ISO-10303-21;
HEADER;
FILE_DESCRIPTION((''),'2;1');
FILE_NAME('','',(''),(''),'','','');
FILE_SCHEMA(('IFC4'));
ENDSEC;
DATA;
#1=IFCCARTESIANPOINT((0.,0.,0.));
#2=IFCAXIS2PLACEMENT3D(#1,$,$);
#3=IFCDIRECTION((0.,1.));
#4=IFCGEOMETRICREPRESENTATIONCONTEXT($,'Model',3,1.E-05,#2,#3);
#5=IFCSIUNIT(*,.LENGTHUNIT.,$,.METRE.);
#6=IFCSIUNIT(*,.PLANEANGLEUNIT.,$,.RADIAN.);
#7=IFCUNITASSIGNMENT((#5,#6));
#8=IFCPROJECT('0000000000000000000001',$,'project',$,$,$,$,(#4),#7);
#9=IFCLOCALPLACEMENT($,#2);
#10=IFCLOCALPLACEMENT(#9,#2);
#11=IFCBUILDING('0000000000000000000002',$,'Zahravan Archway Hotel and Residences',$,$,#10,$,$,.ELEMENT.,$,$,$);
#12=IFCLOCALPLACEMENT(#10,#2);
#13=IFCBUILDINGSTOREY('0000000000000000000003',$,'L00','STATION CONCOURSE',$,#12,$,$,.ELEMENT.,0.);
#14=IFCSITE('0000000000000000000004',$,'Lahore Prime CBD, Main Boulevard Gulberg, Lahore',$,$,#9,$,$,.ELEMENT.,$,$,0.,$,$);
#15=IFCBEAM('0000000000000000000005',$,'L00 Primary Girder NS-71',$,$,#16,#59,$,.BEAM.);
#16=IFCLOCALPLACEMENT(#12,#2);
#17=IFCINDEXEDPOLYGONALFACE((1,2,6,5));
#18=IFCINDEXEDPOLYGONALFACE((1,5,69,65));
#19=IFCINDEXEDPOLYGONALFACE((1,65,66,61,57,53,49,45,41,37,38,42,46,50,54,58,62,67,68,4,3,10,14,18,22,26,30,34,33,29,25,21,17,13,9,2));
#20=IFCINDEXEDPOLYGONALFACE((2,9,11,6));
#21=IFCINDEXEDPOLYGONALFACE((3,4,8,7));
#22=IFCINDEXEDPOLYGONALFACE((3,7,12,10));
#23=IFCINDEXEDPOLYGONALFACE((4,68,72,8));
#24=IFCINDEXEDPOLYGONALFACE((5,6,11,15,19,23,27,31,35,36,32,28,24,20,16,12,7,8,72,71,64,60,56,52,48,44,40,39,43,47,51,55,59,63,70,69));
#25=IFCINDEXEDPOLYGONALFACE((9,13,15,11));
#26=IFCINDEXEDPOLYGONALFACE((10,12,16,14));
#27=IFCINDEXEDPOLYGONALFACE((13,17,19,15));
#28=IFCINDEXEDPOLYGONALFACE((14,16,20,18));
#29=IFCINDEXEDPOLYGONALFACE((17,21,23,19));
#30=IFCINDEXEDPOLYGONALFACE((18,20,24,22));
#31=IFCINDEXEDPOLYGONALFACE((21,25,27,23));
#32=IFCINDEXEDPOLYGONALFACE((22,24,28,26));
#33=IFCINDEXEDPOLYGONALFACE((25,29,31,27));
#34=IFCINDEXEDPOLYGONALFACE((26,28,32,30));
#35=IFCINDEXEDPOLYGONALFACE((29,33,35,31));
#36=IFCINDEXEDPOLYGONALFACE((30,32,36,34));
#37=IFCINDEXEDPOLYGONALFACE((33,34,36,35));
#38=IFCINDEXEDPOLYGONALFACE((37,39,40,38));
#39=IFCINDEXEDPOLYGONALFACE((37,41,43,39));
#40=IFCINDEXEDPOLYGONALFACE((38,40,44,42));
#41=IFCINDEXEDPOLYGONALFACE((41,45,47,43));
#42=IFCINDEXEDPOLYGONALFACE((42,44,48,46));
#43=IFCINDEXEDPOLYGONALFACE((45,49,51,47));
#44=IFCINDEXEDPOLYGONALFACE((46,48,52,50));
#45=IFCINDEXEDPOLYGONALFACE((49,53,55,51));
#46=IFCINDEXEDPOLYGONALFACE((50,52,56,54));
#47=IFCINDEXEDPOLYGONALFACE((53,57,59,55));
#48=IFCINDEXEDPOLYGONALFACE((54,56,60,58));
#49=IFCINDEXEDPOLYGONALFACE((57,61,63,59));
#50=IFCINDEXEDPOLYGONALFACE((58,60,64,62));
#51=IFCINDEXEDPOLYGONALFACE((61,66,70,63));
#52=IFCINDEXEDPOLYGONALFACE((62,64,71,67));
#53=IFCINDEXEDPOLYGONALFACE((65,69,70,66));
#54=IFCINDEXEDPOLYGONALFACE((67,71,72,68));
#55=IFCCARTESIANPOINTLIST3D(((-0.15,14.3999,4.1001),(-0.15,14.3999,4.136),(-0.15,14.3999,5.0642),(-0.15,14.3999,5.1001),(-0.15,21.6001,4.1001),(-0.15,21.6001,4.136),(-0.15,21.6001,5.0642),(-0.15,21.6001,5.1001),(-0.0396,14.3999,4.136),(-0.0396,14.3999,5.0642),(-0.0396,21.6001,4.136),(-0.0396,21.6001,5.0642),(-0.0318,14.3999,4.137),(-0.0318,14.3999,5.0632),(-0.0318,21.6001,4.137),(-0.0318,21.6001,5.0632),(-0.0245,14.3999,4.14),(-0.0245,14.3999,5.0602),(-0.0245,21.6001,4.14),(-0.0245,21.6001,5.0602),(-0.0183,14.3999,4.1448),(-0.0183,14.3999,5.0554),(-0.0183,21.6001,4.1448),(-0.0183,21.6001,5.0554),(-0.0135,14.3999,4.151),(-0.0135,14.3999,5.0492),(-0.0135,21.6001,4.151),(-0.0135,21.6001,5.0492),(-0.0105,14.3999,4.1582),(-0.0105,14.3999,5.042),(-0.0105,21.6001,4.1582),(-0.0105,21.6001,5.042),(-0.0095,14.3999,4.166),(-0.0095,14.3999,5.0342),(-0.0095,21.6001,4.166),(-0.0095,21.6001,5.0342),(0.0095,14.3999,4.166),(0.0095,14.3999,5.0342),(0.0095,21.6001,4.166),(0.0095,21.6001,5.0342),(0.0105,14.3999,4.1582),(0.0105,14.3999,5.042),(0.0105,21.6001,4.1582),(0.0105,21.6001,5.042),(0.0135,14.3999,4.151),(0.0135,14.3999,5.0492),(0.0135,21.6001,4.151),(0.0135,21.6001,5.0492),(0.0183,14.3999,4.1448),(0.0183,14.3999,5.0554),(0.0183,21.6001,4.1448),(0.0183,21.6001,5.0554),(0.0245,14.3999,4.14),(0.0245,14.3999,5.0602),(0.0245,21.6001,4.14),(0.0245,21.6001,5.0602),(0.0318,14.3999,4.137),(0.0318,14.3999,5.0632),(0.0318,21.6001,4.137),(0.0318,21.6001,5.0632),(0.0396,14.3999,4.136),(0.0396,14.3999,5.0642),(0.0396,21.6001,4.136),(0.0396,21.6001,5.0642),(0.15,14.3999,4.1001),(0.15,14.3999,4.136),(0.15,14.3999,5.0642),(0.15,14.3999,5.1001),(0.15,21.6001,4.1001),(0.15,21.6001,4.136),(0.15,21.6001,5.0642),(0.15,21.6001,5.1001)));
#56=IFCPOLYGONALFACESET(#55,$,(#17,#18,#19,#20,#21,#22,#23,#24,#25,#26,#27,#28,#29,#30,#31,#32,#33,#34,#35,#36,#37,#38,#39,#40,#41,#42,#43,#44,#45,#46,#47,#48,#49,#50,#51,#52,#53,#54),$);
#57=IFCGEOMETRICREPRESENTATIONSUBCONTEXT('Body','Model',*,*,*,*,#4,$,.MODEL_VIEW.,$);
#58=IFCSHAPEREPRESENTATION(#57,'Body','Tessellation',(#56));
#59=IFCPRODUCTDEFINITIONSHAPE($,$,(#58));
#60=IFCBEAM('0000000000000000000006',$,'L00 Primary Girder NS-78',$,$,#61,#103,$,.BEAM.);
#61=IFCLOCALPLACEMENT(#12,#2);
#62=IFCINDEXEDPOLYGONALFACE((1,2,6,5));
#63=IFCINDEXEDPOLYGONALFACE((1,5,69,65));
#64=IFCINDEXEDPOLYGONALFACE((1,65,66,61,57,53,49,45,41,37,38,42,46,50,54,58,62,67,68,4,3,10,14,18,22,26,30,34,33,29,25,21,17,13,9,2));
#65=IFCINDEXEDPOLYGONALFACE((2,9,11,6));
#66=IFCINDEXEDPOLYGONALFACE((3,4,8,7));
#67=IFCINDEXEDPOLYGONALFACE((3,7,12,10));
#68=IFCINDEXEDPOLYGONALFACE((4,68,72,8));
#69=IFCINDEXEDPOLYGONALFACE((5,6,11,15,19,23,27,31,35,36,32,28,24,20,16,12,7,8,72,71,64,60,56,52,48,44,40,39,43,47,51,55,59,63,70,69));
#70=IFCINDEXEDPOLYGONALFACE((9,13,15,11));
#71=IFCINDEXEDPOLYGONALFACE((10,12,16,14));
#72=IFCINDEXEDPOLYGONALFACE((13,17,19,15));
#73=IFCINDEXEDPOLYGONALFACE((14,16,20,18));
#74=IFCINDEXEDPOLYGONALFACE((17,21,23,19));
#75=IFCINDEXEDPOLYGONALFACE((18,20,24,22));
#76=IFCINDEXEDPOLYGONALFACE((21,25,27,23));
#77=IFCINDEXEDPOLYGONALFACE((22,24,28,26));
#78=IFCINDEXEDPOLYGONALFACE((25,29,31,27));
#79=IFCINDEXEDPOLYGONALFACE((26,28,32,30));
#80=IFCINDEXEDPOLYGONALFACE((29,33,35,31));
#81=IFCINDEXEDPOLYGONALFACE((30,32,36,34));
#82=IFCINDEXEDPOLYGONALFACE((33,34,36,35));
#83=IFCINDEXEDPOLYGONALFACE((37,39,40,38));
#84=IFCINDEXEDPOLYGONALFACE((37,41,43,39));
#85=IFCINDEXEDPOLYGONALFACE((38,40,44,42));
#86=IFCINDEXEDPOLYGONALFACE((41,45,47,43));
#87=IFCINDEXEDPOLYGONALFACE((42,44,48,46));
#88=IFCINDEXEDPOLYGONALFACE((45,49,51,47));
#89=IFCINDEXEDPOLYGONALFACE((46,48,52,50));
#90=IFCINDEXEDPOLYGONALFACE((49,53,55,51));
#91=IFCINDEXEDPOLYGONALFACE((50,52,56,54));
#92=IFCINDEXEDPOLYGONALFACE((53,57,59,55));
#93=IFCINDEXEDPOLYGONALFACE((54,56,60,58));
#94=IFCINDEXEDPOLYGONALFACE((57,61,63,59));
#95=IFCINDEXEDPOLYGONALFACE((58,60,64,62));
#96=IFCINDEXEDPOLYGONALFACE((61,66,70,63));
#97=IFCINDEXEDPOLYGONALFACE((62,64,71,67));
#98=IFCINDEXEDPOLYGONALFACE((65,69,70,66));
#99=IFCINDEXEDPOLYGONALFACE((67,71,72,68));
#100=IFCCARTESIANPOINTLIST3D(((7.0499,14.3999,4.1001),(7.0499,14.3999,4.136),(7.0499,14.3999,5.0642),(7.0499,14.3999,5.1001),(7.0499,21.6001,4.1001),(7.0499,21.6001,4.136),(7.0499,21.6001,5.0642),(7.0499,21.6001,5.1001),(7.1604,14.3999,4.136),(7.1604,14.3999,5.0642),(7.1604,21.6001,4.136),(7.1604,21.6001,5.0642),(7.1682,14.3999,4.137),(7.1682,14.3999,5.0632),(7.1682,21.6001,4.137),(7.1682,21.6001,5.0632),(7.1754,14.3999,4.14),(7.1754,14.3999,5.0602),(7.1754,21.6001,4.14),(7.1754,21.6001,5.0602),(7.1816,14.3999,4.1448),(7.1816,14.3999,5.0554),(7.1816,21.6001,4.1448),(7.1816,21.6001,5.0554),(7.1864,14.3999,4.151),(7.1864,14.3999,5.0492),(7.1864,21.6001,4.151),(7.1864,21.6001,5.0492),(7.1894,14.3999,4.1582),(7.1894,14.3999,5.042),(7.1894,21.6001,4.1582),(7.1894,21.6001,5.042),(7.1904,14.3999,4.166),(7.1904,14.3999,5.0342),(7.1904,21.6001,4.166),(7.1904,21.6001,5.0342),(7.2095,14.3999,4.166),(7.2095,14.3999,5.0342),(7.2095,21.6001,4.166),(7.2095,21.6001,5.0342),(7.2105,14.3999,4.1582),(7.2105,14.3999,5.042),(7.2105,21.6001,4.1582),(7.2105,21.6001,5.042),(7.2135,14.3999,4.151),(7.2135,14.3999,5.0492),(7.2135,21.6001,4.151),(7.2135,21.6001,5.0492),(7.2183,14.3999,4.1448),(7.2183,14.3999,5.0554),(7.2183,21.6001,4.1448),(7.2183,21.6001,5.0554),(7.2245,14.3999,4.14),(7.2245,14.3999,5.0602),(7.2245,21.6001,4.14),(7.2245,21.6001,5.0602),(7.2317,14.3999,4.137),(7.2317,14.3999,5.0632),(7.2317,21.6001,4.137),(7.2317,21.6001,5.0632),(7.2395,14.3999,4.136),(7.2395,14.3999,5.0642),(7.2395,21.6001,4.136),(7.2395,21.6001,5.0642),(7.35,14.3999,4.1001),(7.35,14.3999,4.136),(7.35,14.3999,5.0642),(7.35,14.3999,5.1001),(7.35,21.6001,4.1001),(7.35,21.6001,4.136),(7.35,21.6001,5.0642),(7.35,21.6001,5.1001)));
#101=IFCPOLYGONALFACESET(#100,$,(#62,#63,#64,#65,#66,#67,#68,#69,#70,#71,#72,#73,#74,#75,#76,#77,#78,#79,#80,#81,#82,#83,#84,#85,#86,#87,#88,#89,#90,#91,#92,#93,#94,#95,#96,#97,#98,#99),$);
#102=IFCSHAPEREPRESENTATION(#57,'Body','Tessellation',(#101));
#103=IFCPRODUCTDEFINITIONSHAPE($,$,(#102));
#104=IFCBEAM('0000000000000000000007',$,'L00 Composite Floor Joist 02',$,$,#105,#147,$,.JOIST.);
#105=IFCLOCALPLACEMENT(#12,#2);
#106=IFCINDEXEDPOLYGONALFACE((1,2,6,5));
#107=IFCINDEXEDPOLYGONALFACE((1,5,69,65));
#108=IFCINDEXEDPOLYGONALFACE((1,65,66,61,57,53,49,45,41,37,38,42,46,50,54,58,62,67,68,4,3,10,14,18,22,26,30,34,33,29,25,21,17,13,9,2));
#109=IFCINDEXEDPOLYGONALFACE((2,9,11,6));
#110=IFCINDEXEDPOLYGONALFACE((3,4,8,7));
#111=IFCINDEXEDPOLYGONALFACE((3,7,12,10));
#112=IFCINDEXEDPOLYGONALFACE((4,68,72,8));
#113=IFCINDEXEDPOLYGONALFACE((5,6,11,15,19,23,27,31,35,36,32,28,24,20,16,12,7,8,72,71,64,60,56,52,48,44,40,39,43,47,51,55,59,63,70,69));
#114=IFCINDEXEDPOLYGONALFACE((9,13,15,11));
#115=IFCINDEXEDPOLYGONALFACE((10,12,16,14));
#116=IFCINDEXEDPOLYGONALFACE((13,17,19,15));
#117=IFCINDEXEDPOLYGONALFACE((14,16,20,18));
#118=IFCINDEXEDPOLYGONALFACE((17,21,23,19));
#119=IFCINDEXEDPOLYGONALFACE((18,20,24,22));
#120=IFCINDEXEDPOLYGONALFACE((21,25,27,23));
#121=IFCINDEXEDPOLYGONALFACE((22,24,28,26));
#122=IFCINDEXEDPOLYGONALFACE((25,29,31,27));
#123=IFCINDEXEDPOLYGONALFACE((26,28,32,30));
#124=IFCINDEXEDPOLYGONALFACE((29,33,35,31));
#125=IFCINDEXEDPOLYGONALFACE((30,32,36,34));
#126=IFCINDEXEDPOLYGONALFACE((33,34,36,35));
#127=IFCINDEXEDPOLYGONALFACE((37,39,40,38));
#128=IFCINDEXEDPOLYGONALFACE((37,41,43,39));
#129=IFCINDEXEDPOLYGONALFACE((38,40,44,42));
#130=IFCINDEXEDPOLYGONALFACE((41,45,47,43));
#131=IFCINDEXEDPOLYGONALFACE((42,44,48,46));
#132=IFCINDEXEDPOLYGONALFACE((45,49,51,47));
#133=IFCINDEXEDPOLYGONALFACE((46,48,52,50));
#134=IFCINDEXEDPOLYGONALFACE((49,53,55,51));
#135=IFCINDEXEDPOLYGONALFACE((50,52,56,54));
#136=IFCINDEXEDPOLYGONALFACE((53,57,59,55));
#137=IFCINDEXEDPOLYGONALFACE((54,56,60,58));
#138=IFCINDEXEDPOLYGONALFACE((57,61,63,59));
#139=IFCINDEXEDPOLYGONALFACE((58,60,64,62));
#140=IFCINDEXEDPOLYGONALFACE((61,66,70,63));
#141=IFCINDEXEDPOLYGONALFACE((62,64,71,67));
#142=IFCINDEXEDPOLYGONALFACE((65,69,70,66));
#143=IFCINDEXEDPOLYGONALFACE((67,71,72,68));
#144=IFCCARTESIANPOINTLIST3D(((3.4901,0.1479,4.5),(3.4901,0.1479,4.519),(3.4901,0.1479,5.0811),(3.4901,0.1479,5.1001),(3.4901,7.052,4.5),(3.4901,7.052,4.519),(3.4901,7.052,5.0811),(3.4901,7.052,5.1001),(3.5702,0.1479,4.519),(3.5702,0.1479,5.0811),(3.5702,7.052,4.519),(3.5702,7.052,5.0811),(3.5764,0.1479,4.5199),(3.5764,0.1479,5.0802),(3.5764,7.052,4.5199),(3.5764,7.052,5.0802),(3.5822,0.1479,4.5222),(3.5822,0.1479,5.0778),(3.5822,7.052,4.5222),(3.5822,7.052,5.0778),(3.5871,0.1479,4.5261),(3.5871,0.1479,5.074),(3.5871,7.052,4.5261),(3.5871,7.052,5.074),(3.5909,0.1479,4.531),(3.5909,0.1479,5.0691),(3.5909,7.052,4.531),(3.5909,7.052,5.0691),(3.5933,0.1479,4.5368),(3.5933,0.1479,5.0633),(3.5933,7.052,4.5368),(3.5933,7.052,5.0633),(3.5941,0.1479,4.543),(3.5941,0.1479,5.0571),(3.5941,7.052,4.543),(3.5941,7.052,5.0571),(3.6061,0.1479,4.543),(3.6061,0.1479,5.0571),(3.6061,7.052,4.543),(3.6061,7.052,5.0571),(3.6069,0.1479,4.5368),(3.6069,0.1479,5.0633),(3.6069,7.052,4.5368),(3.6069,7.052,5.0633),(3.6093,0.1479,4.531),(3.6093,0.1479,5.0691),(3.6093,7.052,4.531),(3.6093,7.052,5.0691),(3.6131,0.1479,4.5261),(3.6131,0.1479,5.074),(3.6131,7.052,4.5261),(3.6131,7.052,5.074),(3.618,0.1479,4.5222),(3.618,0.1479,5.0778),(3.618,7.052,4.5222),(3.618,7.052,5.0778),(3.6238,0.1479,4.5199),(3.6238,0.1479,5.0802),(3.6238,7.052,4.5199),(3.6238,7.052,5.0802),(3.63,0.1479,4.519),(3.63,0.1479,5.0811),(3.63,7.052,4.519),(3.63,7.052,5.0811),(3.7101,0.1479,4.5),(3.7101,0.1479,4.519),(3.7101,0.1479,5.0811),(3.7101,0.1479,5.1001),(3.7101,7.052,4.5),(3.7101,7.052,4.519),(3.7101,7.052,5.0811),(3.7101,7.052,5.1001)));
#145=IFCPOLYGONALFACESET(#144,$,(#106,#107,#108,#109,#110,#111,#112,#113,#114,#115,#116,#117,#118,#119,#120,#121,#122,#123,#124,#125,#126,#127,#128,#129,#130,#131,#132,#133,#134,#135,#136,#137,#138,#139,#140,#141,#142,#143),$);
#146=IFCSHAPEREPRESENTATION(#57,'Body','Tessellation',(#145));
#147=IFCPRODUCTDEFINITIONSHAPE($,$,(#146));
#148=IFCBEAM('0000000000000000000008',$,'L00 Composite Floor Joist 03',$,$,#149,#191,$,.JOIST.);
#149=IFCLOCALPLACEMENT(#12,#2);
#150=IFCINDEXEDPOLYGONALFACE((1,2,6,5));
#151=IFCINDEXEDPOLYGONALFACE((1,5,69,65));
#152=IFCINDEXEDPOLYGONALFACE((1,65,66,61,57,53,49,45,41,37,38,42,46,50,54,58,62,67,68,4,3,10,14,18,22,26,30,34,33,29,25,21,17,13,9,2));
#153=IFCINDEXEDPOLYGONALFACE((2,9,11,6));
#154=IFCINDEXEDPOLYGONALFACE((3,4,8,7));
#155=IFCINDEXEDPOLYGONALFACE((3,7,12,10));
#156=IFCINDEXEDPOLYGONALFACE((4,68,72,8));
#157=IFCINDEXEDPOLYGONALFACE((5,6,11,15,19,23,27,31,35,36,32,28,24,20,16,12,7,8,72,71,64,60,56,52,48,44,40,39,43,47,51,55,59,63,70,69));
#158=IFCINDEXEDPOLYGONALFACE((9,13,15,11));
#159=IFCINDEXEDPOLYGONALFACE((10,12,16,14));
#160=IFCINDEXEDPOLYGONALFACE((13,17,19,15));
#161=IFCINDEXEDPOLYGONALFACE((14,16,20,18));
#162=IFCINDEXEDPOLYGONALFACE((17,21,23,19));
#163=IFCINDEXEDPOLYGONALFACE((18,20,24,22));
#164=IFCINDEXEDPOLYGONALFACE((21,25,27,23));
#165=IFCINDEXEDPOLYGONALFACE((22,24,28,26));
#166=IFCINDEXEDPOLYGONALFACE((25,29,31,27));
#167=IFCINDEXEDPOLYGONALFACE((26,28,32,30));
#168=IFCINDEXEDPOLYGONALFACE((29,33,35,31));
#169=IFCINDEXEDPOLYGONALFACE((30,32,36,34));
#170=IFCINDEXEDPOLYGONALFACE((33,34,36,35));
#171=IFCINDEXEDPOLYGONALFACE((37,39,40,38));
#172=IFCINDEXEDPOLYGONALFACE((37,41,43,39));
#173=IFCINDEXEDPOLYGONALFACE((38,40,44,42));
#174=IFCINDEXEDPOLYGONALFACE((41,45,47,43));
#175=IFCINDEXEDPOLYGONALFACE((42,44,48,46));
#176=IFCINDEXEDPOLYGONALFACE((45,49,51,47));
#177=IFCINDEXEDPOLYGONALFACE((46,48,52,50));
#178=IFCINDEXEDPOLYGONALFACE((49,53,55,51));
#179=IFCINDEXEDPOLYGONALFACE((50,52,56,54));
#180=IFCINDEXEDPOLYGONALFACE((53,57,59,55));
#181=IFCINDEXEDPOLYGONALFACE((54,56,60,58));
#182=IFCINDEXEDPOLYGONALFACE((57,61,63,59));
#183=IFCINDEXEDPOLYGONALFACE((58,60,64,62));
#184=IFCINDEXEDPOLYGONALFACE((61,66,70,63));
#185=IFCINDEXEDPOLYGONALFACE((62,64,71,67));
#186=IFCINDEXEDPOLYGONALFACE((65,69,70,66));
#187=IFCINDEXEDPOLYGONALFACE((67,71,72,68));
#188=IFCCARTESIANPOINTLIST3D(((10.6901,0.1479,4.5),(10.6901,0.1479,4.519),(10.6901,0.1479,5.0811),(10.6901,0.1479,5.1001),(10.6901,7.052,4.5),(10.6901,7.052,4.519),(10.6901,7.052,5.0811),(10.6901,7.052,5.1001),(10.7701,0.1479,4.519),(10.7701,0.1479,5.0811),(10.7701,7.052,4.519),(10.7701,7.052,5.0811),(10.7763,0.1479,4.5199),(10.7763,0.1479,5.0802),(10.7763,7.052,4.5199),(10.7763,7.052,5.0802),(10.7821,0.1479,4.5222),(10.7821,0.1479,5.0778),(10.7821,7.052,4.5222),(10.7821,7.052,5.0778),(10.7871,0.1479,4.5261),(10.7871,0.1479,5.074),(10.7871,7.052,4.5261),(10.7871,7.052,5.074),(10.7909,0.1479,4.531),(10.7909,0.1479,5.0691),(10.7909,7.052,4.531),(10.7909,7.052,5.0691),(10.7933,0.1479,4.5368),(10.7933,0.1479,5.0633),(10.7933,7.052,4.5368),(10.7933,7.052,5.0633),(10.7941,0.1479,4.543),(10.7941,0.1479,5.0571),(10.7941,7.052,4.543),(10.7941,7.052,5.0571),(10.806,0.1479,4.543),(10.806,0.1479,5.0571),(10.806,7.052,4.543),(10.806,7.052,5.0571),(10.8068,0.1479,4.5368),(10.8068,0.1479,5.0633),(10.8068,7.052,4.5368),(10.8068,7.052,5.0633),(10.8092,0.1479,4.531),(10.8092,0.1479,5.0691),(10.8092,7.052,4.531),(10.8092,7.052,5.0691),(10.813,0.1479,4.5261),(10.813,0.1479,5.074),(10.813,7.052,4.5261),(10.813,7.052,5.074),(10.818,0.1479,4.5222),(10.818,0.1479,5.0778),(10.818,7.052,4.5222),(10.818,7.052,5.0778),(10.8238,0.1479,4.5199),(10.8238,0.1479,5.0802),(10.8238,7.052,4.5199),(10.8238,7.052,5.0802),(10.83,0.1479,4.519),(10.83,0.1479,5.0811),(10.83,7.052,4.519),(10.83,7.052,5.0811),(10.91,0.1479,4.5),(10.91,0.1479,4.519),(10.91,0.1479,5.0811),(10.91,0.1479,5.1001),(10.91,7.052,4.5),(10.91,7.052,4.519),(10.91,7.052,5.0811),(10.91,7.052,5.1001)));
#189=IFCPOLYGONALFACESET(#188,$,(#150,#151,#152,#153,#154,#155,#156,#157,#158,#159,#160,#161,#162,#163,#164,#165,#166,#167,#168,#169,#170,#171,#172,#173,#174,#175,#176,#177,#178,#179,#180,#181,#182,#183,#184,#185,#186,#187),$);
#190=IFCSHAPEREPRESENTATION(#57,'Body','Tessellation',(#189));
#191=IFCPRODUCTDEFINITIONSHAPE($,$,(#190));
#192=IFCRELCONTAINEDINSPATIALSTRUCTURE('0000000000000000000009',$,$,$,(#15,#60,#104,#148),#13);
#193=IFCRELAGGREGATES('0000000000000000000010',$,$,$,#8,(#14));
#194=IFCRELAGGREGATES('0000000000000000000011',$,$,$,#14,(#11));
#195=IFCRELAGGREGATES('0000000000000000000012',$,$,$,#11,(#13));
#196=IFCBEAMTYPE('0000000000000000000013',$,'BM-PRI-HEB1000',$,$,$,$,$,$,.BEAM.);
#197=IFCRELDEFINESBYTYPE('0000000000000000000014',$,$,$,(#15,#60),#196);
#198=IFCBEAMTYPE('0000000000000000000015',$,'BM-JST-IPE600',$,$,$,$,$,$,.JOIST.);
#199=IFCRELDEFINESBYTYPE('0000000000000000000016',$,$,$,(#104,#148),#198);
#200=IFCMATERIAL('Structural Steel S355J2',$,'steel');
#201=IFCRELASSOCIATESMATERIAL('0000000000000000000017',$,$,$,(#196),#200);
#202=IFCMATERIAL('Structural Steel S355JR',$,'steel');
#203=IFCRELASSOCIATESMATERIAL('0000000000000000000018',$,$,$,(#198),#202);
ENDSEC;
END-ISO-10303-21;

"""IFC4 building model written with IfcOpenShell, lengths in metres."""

from ifc_helpers import new_model, si_unit, direction, frame, origin, origin_2d, place, context, subcontext, project, spatial, i_section, extrude, source, transform, mapped, material, material_profile, profile_set, type_object, type_shapes, element, save


model = new_model("IFC4")

# Units and contexts
model_context = context("Model", 3, precision=1e-05, world=origin(), true_north=direction((0.0, 1.0)))
body_context = subcontext(model_context, "Body", "Model", "MODEL_VIEW")
ifc_project = project(units=[si_unit("LENGTHUNIT", "METRE"), si_unit("PLANEANGLEUNIT", "RADIAN")], contexts=[model_context])

# Site, building, storey
site_placement = place(None, origin())
site = spatial("IfcSite", under=ifc_project, at=site_placement, Name="Lahore Prime CBD, Main Boulevard Gulberg, Lahore", CompositionType="ELEMENT", RefElevation=0.0)
building_placement = place(site_placement, origin())
building = spatial("IfcBuilding", under=site, at=building_placement, Name="Zahravan Archway Hotel and Residences", CompositionType="ELEMENT")
storey_placement = place(building_placement, origin())
storey = spatial("IfcBuildingStorey", under=building, at=storey_placement, Name="L00", Description="STATION CONCOURSE", CompositionType="ELEMENT", Elevation=0.0)

# Beams
ifc_material_1 = material(Name="Structural Steel S355J2", Category="steel")
ifc_material_profile_1 = material_profile(ifc_material_1, i_section(OverallWidth=0.3, OverallDepth=1.0, WebThickness=0.019, FlangeThickness=0.0359, FilletRadius=0.03, at=origin_2d()), Name="HEB 1000", Category="steel")
ifc_profile_set_1 = profile_set([ifc_material_profile_1], Name="Structural Steel S355J2")
beam_type_1 = type_object("IfcBeamType", Name="BM-PRI-HEB1000", PredefinedType="BEAM", material=ifc_profile_set_1)
shared_shape_1 = source(origin(), body_context, "Body", "SweptSolid", [
    extrude(i_section(OverallWidth=0.3, OverallDepth=1.0, WebThickness=0.019, FlangeThickness=0.0359, FilletRadius=0.03, at=origin_2d()), origin(), (0.0, 0.0, 1.0), 7.2002),
])
for number, where, z_axis, x_axis, name in (
    (1, (0.0, 14.3999, 4.6001), (0.0, 1.0, 0.0), (-1.0, 0.0, 0.0), "L00 Primary Girder NS-71"),
    (2, (7.2, 14.3999, 4.6001), (0.0, 1.0, 0.0), (-1.0, 0.0, 0.0), "L00 Primary Girder NS-78"),
):
    element("IfcBeam", number, at=place(storey_placement, frame(where, z_axis=z_axis, x_axis=x_axis)), inside=storey, type_object=beam_type_1, Name=name, PredefinedType="BEAM", context=body_context, shape_type="MappedRepresentation", body=[
        mapped(shared_shape_1, transform((0.0, 0.0, 0.0), scale=1.0)),
    ])
ifc_material_2 = material(Name="Structural Steel S355JR", Category="steel")
ifc_material_profile_2 = material_profile(ifc_material_2, i_section(OverallWidth=0.22, OverallDepth=0.6001, WebThickness=0.012, FlangeThickness=0.019, FilletRadius=0.0239, at=origin_2d()), Name="IPE 600", Category="steel")
ifc_profile_set_2 = profile_set([ifc_material_profile_2], Name="Structural Steel S355JR")
beam_type_2 = type_object("IfcBeamType", Name="BM-JST-IPE600", PredefinedType="JOIST", material=ifc_profile_set_2)
shared_shape_2 = source(origin(), body_context, "Body", "SweptSolid", [
    extrude(i_section(OverallWidth=0.22, OverallDepth=0.6001, WebThickness=0.012, FlangeThickness=0.019, FilletRadius=0.0239, at=origin_2d()), origin(), (0.0, 0.0, 1.0), 6.9041),
])
type_shapes(beam_type_2, [shared_shape_2])
for number, where, z_axis, x_axis, name in (
    (3, (3.6001, 0.1479, 4.8), (0.0, 1.0, 0.0), (-1.0, 0.0, 0.0), "L00 Composite Floor Joist 02"),
    (4, (10.8, 0.1479, 4.8), (0.0, 1.0, 0.0), (-1.0, 0.0, 0.0), "L00 Composite Floor Joist 03"),
):
    element("IfcBeam", number, at=place(storey_placement, frame(where, z_axis=z_axis, x_axis=x_axis)), inside=storey, type_object=beam_type_2, Name=name, PredefinedType="JOIST", context=body_context, shape_type="MappedRepresentation", body=[
        mapped(shared_shape_2, transform((0.0, 0.0, 0.0), scale=1.0)),
    ])

save(model, "model.ifc")
